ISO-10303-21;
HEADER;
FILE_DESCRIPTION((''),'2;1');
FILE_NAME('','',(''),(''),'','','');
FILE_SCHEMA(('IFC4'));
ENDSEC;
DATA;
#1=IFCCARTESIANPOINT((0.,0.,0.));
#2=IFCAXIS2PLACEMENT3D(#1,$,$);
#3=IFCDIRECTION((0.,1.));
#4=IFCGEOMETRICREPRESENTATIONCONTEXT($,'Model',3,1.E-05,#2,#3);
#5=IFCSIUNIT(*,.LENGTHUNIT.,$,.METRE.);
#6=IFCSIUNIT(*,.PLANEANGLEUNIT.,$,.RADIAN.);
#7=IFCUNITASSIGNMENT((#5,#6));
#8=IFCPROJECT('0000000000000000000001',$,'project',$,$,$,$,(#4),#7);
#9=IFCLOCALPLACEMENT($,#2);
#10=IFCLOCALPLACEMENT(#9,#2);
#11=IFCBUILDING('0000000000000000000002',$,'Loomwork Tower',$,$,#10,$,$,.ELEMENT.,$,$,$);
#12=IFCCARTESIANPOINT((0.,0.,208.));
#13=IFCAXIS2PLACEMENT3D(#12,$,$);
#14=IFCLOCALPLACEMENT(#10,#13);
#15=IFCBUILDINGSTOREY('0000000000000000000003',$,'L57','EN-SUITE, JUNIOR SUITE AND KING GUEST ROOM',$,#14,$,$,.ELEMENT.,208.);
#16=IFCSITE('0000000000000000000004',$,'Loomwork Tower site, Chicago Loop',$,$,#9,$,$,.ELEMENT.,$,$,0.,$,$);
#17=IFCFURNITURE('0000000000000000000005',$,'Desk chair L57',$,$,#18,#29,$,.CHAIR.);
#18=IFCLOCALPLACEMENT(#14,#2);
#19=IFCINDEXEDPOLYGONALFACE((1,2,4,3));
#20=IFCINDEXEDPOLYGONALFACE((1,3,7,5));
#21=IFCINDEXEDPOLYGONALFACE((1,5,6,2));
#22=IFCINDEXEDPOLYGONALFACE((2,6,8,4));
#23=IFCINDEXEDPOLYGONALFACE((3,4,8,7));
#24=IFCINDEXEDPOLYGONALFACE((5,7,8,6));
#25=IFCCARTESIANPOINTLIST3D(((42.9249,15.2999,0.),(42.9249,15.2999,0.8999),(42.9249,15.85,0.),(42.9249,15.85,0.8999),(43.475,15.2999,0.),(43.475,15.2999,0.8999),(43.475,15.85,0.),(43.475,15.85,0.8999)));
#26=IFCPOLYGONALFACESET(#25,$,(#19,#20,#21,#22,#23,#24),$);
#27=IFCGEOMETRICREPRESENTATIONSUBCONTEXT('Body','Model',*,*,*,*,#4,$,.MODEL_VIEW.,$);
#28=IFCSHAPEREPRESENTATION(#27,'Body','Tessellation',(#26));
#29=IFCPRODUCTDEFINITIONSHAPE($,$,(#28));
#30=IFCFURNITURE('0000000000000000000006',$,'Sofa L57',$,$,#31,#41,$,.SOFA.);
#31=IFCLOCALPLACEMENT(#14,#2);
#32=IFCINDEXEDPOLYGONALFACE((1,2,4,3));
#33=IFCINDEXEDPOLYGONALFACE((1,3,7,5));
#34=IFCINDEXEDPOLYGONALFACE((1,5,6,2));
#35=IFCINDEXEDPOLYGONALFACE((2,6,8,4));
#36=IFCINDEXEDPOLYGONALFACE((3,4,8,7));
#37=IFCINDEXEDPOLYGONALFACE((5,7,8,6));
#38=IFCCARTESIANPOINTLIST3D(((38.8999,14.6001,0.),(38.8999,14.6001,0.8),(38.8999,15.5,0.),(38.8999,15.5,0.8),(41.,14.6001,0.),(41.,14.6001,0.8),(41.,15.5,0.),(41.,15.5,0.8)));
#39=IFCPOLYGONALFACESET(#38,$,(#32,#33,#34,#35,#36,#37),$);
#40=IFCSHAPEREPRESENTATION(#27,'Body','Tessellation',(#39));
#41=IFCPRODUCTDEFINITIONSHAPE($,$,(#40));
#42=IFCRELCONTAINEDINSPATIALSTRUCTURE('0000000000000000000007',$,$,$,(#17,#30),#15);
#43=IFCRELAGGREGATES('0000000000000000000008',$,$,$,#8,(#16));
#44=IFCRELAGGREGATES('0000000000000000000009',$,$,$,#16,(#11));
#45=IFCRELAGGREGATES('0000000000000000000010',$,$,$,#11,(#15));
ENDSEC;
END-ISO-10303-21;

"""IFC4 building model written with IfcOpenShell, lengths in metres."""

from ifc_helpers import new_model, si_unit, direction, frame, origin, origin_2d, place, context, subcontext, project, spatial, rectangle, extrude, element, save


model = new_model("IFC4")

# Units and contexts
model_context = context("Model", 3, precision=1e-05, world=origin(), true_north=direction((0.0, 1.0)))
body_context = subcontext(model_context, "Body", "Model", "MODEL_VIEW")
ifc_project = project(units=[si_unit("LENGTHUNIT", "METRE"), si_unit("PLANEANGLEUNIT", "RADIAN")], contexts=[model_context])

# Site, building, storey
site_placement = place(None, origin())
site = spatial("IfcSite", under=ifc_project, at=site_placement, Name="Loomwork Tower site, Chicago Loop", CompositionType="ELEMENT", RefElevation=0.0)
building_placement = place(site_placement, origin())
building = spatial("IfcBuilding", under=site, at=building_placement, Name="Loomwork Tower", CompositionType="ELEMENT")
storey_placement = place(building_placement, frame((0.0, 0.0, 208.0)))
storey = spatial("IfcBuildingStorey", under=building, at=storey_placement, Name="L57", Description="EN-SUITE, JUNIOR SUITE AND KING GUEST ROOM", CompositionType="ELEMENT", Elevation=208.0)

# Furniture
furniture_1_placement = place(storey_placement, frame((43.2, 15.575, 0.0), z_axis=(0.0, 0.0, 1.0), x_axis=(1.0, 0.0, 0.0)))
element("IfcFurniture", 1, at=furniture_1_placement, inside=storey, Name="Desk chair L57", PredefinedType="CHAIR", context=body_context, shape_type="SweptSolid", body=[
    extrude(rectangle(XDim=0.55, YDim=0.55, at=origin_2d()), origin(), (0.0, 0.0, 1.0), 0.8999),
])
furniture_2_placement = place(storey_placement, frame((39.95, 15.05, 0.0), z_axis=(0.0, 0.0, 1.0), x_axis=(1.0, 0.0, 0.0)))
element("IfcFurniture", 2, at=furniture_2_placement, inside=storey, Name="Sofa L57", PredefinedType="SOFA", context=body_context, shape_type="SweptSolid", body=[
    extrude(rectangle(XDim=2.1001, YDim=0.8999, at=origin_2d()), origin(), (0.0, 0.0, 1.0), 0.8),
])

save(model, "model.ifc")
